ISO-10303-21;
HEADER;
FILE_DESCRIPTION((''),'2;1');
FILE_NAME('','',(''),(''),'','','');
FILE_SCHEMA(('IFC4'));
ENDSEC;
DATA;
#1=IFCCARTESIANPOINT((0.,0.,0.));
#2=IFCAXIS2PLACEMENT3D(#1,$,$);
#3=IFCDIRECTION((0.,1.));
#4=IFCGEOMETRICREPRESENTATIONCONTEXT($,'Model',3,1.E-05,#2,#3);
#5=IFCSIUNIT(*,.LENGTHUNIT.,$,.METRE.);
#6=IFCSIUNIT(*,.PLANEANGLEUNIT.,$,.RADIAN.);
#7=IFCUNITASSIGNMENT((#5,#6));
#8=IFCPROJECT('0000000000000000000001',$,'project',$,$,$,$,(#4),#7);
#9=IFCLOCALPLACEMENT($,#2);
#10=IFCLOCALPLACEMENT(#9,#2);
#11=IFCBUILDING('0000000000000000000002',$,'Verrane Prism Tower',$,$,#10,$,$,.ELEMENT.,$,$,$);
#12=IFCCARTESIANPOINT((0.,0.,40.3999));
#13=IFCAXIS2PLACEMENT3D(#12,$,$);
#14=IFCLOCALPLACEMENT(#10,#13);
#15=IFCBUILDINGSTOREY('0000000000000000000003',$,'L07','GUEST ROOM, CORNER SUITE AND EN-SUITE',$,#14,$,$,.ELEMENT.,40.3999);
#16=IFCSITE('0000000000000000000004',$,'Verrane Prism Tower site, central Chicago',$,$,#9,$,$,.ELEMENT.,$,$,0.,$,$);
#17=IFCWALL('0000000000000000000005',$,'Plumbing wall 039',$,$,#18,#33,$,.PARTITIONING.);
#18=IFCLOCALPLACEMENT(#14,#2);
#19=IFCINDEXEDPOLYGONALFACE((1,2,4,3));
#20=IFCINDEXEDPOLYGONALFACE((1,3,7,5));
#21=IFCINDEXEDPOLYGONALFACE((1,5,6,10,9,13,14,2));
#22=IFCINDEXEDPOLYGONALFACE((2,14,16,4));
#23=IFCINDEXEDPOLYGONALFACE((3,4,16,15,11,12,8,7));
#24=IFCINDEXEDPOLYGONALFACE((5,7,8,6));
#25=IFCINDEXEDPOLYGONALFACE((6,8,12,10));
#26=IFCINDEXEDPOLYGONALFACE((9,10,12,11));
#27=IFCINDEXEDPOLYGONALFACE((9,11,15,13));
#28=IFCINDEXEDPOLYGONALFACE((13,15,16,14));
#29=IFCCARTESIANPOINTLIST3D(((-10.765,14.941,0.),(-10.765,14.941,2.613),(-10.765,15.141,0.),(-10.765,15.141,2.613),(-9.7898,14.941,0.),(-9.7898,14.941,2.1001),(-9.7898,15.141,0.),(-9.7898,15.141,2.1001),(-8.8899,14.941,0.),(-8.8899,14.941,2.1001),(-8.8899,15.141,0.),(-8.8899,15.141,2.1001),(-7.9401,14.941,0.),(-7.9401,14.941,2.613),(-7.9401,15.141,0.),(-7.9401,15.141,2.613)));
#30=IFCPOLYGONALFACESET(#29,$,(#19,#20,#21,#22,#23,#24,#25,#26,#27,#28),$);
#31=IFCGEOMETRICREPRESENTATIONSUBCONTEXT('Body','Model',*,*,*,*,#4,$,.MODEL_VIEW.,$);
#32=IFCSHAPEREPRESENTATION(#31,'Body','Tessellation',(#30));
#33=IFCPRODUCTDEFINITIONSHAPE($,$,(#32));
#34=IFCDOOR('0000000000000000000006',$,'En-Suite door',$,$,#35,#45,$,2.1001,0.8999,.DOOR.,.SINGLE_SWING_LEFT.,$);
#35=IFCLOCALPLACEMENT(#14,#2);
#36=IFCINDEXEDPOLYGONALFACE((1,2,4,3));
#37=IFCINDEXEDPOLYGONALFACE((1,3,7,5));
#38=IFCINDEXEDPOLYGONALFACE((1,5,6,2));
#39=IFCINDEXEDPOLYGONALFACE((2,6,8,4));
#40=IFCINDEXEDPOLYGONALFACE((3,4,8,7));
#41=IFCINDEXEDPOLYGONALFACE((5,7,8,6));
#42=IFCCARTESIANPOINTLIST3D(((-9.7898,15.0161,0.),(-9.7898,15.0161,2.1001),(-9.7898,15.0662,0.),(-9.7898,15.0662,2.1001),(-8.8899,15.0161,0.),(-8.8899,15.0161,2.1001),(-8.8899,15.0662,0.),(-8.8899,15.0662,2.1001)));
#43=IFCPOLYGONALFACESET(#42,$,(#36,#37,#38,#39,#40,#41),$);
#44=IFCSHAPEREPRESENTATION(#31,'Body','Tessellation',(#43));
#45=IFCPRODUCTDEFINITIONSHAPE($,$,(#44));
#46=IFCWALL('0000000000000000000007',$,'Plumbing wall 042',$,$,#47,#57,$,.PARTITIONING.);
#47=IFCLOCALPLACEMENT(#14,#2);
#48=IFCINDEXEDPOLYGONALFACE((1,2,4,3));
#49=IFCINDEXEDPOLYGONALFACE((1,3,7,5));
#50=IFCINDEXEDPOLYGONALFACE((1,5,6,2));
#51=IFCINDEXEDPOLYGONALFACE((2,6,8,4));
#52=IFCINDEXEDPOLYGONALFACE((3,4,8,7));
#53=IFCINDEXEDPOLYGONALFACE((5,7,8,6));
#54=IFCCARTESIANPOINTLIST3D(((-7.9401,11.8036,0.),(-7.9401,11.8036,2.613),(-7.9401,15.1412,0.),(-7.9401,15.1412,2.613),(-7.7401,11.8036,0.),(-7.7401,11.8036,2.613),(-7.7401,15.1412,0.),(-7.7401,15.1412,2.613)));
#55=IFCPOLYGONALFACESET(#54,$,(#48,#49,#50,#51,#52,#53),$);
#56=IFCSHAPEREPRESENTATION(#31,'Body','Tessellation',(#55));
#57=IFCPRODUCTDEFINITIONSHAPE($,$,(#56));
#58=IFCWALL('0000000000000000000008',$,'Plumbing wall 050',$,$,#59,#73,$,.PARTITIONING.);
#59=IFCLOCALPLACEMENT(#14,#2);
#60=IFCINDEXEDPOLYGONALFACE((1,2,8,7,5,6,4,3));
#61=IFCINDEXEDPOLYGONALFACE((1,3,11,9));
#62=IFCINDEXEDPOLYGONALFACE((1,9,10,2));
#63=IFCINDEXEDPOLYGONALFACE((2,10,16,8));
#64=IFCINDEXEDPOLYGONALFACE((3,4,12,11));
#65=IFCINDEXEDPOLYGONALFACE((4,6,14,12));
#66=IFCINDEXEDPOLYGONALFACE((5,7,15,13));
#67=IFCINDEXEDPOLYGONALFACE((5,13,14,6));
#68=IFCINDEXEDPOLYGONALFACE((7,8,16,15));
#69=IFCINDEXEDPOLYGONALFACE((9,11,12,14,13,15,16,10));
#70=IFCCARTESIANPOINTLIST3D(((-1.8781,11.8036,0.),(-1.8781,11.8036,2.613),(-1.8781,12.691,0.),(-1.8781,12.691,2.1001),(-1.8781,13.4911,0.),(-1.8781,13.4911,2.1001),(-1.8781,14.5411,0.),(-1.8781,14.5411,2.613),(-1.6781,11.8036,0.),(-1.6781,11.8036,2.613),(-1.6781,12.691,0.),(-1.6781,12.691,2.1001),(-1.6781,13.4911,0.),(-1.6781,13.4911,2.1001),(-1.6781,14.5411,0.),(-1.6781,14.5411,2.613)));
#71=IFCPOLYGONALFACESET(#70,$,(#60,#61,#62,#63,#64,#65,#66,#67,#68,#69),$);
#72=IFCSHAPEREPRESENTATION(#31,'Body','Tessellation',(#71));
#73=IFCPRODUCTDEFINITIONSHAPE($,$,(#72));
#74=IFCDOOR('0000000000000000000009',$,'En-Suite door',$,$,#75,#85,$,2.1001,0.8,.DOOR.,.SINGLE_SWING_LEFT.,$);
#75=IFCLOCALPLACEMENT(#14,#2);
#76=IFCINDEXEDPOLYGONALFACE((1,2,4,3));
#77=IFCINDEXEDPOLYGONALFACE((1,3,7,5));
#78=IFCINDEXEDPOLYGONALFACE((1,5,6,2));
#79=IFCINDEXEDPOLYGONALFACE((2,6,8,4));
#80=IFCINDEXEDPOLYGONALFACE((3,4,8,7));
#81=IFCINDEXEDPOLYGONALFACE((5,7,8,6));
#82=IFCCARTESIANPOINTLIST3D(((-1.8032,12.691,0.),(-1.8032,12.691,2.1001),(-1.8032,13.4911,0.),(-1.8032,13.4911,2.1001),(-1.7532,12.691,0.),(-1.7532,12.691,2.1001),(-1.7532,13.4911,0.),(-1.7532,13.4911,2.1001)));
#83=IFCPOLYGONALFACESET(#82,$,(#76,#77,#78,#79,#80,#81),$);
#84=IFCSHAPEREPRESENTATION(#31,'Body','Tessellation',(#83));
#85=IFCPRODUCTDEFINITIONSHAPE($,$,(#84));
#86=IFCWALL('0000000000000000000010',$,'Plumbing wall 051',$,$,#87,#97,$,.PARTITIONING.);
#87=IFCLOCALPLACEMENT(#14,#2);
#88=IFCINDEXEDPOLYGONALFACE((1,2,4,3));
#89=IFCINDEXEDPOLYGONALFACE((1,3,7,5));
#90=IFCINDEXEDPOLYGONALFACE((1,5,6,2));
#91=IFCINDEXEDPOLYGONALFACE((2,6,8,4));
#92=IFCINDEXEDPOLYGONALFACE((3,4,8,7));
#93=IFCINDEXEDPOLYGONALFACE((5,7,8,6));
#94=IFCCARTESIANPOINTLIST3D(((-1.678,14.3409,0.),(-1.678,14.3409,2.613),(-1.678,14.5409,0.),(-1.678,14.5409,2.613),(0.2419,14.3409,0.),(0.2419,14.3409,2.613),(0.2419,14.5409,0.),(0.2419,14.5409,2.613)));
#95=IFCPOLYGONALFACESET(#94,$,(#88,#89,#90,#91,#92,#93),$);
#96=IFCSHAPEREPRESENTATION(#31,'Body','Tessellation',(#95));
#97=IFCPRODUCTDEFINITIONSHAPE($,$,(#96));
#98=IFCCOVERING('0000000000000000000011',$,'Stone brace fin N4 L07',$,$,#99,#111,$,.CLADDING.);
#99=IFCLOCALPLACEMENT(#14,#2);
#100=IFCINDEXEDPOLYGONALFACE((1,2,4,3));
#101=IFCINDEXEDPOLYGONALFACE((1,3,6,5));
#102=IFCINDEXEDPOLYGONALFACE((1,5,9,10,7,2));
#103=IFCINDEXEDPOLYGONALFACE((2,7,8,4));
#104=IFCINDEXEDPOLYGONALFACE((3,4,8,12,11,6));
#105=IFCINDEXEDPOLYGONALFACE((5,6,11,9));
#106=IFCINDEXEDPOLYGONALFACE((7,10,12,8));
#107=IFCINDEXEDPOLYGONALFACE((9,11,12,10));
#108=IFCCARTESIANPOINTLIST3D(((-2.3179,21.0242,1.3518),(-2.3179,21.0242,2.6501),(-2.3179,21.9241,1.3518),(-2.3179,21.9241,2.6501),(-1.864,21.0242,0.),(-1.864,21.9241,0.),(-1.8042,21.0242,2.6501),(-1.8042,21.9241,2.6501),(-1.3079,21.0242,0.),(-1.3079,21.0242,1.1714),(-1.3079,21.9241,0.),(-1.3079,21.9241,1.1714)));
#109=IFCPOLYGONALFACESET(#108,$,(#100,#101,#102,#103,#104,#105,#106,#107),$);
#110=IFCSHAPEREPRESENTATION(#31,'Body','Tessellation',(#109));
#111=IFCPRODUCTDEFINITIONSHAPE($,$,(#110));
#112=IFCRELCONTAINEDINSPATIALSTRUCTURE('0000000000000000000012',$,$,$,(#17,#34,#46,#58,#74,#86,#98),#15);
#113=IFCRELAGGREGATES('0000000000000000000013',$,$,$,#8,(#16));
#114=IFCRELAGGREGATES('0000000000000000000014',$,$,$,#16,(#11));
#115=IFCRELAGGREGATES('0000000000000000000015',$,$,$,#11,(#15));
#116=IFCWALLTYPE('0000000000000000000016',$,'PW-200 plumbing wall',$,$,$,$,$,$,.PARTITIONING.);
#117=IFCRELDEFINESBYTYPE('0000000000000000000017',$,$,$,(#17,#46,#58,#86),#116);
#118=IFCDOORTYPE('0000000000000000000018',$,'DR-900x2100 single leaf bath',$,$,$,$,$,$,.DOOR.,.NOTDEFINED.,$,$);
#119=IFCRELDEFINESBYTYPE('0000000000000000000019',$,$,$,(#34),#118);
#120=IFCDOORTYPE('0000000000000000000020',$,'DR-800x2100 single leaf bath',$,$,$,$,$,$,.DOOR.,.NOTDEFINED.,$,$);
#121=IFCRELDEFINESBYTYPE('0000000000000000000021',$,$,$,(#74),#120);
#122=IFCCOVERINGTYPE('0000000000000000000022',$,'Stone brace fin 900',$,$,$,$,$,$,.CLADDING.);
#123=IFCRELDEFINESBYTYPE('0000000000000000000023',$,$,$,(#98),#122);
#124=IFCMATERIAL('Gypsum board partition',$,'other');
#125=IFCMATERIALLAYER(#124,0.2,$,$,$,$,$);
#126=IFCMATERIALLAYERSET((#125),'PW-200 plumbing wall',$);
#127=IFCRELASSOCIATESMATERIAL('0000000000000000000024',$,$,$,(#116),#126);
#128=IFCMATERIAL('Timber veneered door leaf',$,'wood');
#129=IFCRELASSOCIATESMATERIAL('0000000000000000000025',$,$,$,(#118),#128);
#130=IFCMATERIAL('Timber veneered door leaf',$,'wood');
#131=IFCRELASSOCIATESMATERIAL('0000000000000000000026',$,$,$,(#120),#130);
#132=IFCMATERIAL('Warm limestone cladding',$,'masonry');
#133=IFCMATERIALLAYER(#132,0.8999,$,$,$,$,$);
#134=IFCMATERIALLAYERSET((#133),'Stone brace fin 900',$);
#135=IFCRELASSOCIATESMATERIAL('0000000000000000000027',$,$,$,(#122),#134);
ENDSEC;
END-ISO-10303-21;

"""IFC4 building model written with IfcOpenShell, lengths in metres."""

from ifc_helpers import new_model, si_unit, direction, frame, frame_2d, origin, place, context, subcontext, project, spatial, polyline, rectangle, outline, extrude, material, layer, layer_set, type_object, element, fill, save


model = new_model("IFC4")

# Units and contexts
model_context = context("Model", 3, precision=1e-05, world=origin(), true_north=direction((0.0, 1.0)))
body_context = subcontext(model_context, "Body", "Model", "MODEL_VIEW")
ifc_project = project(units=[si_unit("LENGTHUNIT", "METRE"), si_unit("PLANEANGLEUNIT", "RADIAN")], contexts=[model_context])

# Site, building, storey
site_placement = place(None, origin())
site = spatial("IfcSite", under=ifc_project, at=site_placement, Name="Verrane Prism Tower site, central Chicago", CompositionType="ELEMENT", RefElevation=0.0)
building_placement = place(site_placement, origin())
building = spatial("IfcBuilding", under=site, at=building_placement, Name="Verrane Prism Tower", CompositionType="ELEMENT")
storey_placement = place(building_placement, frame((0.0, 0.0, 40.3999)))
storey = spatial("IfcBuildingStorey", under=building, at=storey_placement, Name="L07", Description="GUEST ROOM, CORNER SUITE AND EN-SUITE", CompositionType="ELEMENT", Elevation=40.3999)

# Wall, opening, door
ifc_material_1 = material(Name="Gypsum board partition", Category="other")
ifc_layer_1 = layer(ifc_material_1, 0.2)
ifc_layer_set_1 = layer_set([ifc_layer_1], Name="PW-200 plumbing wall")
wall_type_1 = type_object("IfcWallType", Name="PW-200 plumbing wall", PredefinedType="PARTITIONING", material=ifc_layer_set_1)
wall_1_placement = place(storey_placement, frame((-7.9399, 15.041, 0.0), z_axis=(0.0, 0.0, 1.0), x_axis=(-1.0, 0.0, 0.0)))
wall_1 = element("IfcWall", 1, at=wall_1_placement, inside=storey, type_object=wall_type_1, Name="Plumbing wall 039", PredefinedType="PARTITIONING", context=body_context, shape_type="SweptSolid", body=[
    extrude(rectangle(XDim=2.825, YDim=0.2, at=frame_2d((1.4126, 0.0))), origin(), (0.0, 0.0, 1.0), 2.613),
])
opening_1_placement = place(wall_1_placement, frame((0.95, 0.0, 0.0)))
opening_1 = element("IfcOpeningElement", 2, at=opening_1_placement, cuts=wall_1, PredefinedType="OPENING", context=body_context, shape_type="SweptSolid", body=[
    extrude(rectangle(XDim=0.8999, YDim=2.1001, at=frame_2d((0.45, 1.05))), frame((0.0, 0.1099, 0.0), z_axis=(0.0, -1.0, 0.0), x_axis=(1.0, 0.0, 0.0)), (0.0, 0.0, 1.0), 0.22),
])
ifc_material_2 = material(Name="Timber veneered door leaf", Category="wood")
door_type_1 = type_object("IfcDoorType", Name="DR-900x2100 single leaf bath", OperationType="NOTDEFINED", PredefinedType="DOOR", material=ifc_material_2)
door_1_placement = place(opening_1_placement, origin())
door_1 = element("IfcDoor", 3, at=door_1_placement, inside=storey, type_object=door_type_1, Name="En-Suite door", OperationType="SINGLE_SWING_LEFT", OverallHeight=2.1001, OverallWidth=0.8999, PredefinedType="DOOR", context=body_context, shape_type="SweptSolid", body=[
    extrude(rectangle(XDim=0.8999, YDim=2.1001, at=frame_2d((0.45, 1.05))), frame((0.0, 0.0249, 0.0), z_axis=(0.0, -1.0, 0.0), x_axis=(1.0, 0.0, 0.0)), (0.0, 0.0, 1.0), 0.05),
])
fill(opening_1, door_1)

# Wall
wall_2_placement = place(storey_placement, frame((-7.8401, 11.8035, 0.0), z_axis=(0.0, 0.0, 1.0), x_axis=(0.0, 1.0, 0.0)))
element("IfcWall", 4, at=wall_2_placement, inside=storey, type_object=wall_type_1, Name="Plumbing wall 042", PredefinedType="PARTITIONING", context=body_context, shape_type="SweptSolid", body=[
    extrude(rectangle(XDim=3.3376, YDim=0.2, at=frame_2d((1.6689, 0.0))), origin(), (0.0, 0.0, 1.0), 2.613),
])

# Wall, opening, door
wall_3_placement = place(storey_placement, frame((-1.7781, 14.541, 0.0), z_axis=(0.0, 0.0, 1.0), x_axis=(0.0, -1.0, 0.0)))
wall_3 = element("IfcWall", 5, at=wall_3_placement, inside=storey, type_object=wall_type_1, Name="Plumbing wall 050", PredefinedType="PARTITIONING", context=body_context, shape_type="SweptSolid", body=[
    extrude(rectangle(XDim=2.7375, YDim=0.2, at=frame_2d((1.3687, 0.0))), origin(), (0.0, 0.0, 1.0), 2.613),
])
opening_2_placement = place(wall_3_placement, frame((1.05, 0.0, 0.0)))
opening_2 = element("IfcOpeningElement", 6, at=opening_2_placement, cuts=wall_3, PredefinedType="OPENING", context=body_context, shape_type="SweptSolid", body=[
    extrude(rectangle(XDim=0.8, YDim=2.1001, at=frame_2d((0.3999, 1.05))), frame((0.0, 0.1099, 0.0), z_axis=(0.0, -1.0, 0.0), x_axis=(1.0, 0.0, 0.0)), (0.0, 0.0, 1.0), 0.22),
])
ifc_material_3 = material(Name="Timber veneered door leaf", Category="wood")
door_type_2 = type_object("IfcDoorType", Name="DR-800x2100 single leaf bath", OperationType="NOTDEFINED", PredefinedType="DOOR", material=ifc_material_3)
door_2_placement = place(opening_2_placement, origin())
door_2 = element("IfcDoor", 7, at=door_2_placement, inside=storey, type_object=door_type_2, Name="En-Suite door", OperationType="SINGLE_SWING_LEFT", OverallHeight=2.1001, OverallWidth=0.8, PredefinedType="DOOR", context=body_context, shape_type="SweptSolid", body=[
    extrude(rectangle(XDim=0.8, YDim=2.1001, at=frame_2d((0.3999, 1.05))), frame((0.0, 0.0249, 0.0), z_axis=(0.0, -1.0, 0.0), x_axis=(1.0, 0.0, 0.0)), (0.0, 0.0, 1.0), 0.05),
])
fill(opening_2, door_2)

# Wall
wall_4_placement = place(storey_placement, frame((-1.678, 14.4409, 0.0), z_axis=(0.0, 0.0, 1.0), x_axis=(1.0, 0.0, 0.0)))
element("IfcWall", 8, at=wall_4_placement, inside=storey, type_object=wall_type_1, Name="Plumbing wall 051", PredefinedType="PARTITIONING", context=body_context, shape_type="SweptSolid", body=[
    extrude(rectangle(XDim=1.9199, YDim=0.2, at=frame_2d((0.96, 0.0))), origin(), (0.0, 0.0, 1.0), 2.613),
])

# Covering
ifc_material_4 = material(Name="Warm limestone cladding", Category="masonry")
ifc_layer_2 = layer(ifc_material_4, 0.8999)
ifc_layer_set_2 = layer_set([ifc_layer_2], Name="Stone brace fin 900")
covering_type = type_object("IfcCoveringType", Name="Stone brace fin 900", PredefinedType="CLADDING", material=ifc_layer_set_2)
covering_placement = place(storey_placement, frame((-1.3079, 21.4741, 0.0), z_axis=(0.0, 0.0, 1.0), x_axis=(-1.0, 0.0, 0.0)))
element("IfcCovering", 9, at=covering_placement, inside=storey, type_object=covering_type, Name="Stone brace fin N4 L07", PredefinedType="CLADDING", context=body_context, shape_type="SweptSolid", body=[
    extrude(outline(polyline([(1.01, 2.6501), (0.4963, 2.6501), (0.0, 1.1714), (0.0, 0.0), (0.5562, 0.0), (1.01, 1.3518), (1.01, 2.6501)])), frame((0.0, 0.45, 0.0), z_axis=(0.0, -1.0, 0.0), x_axis=(1.0, 0.0, 0.0)), (0.0, 0.0, 1.0), 0.8999),
])

save(model, "model.ifc")
